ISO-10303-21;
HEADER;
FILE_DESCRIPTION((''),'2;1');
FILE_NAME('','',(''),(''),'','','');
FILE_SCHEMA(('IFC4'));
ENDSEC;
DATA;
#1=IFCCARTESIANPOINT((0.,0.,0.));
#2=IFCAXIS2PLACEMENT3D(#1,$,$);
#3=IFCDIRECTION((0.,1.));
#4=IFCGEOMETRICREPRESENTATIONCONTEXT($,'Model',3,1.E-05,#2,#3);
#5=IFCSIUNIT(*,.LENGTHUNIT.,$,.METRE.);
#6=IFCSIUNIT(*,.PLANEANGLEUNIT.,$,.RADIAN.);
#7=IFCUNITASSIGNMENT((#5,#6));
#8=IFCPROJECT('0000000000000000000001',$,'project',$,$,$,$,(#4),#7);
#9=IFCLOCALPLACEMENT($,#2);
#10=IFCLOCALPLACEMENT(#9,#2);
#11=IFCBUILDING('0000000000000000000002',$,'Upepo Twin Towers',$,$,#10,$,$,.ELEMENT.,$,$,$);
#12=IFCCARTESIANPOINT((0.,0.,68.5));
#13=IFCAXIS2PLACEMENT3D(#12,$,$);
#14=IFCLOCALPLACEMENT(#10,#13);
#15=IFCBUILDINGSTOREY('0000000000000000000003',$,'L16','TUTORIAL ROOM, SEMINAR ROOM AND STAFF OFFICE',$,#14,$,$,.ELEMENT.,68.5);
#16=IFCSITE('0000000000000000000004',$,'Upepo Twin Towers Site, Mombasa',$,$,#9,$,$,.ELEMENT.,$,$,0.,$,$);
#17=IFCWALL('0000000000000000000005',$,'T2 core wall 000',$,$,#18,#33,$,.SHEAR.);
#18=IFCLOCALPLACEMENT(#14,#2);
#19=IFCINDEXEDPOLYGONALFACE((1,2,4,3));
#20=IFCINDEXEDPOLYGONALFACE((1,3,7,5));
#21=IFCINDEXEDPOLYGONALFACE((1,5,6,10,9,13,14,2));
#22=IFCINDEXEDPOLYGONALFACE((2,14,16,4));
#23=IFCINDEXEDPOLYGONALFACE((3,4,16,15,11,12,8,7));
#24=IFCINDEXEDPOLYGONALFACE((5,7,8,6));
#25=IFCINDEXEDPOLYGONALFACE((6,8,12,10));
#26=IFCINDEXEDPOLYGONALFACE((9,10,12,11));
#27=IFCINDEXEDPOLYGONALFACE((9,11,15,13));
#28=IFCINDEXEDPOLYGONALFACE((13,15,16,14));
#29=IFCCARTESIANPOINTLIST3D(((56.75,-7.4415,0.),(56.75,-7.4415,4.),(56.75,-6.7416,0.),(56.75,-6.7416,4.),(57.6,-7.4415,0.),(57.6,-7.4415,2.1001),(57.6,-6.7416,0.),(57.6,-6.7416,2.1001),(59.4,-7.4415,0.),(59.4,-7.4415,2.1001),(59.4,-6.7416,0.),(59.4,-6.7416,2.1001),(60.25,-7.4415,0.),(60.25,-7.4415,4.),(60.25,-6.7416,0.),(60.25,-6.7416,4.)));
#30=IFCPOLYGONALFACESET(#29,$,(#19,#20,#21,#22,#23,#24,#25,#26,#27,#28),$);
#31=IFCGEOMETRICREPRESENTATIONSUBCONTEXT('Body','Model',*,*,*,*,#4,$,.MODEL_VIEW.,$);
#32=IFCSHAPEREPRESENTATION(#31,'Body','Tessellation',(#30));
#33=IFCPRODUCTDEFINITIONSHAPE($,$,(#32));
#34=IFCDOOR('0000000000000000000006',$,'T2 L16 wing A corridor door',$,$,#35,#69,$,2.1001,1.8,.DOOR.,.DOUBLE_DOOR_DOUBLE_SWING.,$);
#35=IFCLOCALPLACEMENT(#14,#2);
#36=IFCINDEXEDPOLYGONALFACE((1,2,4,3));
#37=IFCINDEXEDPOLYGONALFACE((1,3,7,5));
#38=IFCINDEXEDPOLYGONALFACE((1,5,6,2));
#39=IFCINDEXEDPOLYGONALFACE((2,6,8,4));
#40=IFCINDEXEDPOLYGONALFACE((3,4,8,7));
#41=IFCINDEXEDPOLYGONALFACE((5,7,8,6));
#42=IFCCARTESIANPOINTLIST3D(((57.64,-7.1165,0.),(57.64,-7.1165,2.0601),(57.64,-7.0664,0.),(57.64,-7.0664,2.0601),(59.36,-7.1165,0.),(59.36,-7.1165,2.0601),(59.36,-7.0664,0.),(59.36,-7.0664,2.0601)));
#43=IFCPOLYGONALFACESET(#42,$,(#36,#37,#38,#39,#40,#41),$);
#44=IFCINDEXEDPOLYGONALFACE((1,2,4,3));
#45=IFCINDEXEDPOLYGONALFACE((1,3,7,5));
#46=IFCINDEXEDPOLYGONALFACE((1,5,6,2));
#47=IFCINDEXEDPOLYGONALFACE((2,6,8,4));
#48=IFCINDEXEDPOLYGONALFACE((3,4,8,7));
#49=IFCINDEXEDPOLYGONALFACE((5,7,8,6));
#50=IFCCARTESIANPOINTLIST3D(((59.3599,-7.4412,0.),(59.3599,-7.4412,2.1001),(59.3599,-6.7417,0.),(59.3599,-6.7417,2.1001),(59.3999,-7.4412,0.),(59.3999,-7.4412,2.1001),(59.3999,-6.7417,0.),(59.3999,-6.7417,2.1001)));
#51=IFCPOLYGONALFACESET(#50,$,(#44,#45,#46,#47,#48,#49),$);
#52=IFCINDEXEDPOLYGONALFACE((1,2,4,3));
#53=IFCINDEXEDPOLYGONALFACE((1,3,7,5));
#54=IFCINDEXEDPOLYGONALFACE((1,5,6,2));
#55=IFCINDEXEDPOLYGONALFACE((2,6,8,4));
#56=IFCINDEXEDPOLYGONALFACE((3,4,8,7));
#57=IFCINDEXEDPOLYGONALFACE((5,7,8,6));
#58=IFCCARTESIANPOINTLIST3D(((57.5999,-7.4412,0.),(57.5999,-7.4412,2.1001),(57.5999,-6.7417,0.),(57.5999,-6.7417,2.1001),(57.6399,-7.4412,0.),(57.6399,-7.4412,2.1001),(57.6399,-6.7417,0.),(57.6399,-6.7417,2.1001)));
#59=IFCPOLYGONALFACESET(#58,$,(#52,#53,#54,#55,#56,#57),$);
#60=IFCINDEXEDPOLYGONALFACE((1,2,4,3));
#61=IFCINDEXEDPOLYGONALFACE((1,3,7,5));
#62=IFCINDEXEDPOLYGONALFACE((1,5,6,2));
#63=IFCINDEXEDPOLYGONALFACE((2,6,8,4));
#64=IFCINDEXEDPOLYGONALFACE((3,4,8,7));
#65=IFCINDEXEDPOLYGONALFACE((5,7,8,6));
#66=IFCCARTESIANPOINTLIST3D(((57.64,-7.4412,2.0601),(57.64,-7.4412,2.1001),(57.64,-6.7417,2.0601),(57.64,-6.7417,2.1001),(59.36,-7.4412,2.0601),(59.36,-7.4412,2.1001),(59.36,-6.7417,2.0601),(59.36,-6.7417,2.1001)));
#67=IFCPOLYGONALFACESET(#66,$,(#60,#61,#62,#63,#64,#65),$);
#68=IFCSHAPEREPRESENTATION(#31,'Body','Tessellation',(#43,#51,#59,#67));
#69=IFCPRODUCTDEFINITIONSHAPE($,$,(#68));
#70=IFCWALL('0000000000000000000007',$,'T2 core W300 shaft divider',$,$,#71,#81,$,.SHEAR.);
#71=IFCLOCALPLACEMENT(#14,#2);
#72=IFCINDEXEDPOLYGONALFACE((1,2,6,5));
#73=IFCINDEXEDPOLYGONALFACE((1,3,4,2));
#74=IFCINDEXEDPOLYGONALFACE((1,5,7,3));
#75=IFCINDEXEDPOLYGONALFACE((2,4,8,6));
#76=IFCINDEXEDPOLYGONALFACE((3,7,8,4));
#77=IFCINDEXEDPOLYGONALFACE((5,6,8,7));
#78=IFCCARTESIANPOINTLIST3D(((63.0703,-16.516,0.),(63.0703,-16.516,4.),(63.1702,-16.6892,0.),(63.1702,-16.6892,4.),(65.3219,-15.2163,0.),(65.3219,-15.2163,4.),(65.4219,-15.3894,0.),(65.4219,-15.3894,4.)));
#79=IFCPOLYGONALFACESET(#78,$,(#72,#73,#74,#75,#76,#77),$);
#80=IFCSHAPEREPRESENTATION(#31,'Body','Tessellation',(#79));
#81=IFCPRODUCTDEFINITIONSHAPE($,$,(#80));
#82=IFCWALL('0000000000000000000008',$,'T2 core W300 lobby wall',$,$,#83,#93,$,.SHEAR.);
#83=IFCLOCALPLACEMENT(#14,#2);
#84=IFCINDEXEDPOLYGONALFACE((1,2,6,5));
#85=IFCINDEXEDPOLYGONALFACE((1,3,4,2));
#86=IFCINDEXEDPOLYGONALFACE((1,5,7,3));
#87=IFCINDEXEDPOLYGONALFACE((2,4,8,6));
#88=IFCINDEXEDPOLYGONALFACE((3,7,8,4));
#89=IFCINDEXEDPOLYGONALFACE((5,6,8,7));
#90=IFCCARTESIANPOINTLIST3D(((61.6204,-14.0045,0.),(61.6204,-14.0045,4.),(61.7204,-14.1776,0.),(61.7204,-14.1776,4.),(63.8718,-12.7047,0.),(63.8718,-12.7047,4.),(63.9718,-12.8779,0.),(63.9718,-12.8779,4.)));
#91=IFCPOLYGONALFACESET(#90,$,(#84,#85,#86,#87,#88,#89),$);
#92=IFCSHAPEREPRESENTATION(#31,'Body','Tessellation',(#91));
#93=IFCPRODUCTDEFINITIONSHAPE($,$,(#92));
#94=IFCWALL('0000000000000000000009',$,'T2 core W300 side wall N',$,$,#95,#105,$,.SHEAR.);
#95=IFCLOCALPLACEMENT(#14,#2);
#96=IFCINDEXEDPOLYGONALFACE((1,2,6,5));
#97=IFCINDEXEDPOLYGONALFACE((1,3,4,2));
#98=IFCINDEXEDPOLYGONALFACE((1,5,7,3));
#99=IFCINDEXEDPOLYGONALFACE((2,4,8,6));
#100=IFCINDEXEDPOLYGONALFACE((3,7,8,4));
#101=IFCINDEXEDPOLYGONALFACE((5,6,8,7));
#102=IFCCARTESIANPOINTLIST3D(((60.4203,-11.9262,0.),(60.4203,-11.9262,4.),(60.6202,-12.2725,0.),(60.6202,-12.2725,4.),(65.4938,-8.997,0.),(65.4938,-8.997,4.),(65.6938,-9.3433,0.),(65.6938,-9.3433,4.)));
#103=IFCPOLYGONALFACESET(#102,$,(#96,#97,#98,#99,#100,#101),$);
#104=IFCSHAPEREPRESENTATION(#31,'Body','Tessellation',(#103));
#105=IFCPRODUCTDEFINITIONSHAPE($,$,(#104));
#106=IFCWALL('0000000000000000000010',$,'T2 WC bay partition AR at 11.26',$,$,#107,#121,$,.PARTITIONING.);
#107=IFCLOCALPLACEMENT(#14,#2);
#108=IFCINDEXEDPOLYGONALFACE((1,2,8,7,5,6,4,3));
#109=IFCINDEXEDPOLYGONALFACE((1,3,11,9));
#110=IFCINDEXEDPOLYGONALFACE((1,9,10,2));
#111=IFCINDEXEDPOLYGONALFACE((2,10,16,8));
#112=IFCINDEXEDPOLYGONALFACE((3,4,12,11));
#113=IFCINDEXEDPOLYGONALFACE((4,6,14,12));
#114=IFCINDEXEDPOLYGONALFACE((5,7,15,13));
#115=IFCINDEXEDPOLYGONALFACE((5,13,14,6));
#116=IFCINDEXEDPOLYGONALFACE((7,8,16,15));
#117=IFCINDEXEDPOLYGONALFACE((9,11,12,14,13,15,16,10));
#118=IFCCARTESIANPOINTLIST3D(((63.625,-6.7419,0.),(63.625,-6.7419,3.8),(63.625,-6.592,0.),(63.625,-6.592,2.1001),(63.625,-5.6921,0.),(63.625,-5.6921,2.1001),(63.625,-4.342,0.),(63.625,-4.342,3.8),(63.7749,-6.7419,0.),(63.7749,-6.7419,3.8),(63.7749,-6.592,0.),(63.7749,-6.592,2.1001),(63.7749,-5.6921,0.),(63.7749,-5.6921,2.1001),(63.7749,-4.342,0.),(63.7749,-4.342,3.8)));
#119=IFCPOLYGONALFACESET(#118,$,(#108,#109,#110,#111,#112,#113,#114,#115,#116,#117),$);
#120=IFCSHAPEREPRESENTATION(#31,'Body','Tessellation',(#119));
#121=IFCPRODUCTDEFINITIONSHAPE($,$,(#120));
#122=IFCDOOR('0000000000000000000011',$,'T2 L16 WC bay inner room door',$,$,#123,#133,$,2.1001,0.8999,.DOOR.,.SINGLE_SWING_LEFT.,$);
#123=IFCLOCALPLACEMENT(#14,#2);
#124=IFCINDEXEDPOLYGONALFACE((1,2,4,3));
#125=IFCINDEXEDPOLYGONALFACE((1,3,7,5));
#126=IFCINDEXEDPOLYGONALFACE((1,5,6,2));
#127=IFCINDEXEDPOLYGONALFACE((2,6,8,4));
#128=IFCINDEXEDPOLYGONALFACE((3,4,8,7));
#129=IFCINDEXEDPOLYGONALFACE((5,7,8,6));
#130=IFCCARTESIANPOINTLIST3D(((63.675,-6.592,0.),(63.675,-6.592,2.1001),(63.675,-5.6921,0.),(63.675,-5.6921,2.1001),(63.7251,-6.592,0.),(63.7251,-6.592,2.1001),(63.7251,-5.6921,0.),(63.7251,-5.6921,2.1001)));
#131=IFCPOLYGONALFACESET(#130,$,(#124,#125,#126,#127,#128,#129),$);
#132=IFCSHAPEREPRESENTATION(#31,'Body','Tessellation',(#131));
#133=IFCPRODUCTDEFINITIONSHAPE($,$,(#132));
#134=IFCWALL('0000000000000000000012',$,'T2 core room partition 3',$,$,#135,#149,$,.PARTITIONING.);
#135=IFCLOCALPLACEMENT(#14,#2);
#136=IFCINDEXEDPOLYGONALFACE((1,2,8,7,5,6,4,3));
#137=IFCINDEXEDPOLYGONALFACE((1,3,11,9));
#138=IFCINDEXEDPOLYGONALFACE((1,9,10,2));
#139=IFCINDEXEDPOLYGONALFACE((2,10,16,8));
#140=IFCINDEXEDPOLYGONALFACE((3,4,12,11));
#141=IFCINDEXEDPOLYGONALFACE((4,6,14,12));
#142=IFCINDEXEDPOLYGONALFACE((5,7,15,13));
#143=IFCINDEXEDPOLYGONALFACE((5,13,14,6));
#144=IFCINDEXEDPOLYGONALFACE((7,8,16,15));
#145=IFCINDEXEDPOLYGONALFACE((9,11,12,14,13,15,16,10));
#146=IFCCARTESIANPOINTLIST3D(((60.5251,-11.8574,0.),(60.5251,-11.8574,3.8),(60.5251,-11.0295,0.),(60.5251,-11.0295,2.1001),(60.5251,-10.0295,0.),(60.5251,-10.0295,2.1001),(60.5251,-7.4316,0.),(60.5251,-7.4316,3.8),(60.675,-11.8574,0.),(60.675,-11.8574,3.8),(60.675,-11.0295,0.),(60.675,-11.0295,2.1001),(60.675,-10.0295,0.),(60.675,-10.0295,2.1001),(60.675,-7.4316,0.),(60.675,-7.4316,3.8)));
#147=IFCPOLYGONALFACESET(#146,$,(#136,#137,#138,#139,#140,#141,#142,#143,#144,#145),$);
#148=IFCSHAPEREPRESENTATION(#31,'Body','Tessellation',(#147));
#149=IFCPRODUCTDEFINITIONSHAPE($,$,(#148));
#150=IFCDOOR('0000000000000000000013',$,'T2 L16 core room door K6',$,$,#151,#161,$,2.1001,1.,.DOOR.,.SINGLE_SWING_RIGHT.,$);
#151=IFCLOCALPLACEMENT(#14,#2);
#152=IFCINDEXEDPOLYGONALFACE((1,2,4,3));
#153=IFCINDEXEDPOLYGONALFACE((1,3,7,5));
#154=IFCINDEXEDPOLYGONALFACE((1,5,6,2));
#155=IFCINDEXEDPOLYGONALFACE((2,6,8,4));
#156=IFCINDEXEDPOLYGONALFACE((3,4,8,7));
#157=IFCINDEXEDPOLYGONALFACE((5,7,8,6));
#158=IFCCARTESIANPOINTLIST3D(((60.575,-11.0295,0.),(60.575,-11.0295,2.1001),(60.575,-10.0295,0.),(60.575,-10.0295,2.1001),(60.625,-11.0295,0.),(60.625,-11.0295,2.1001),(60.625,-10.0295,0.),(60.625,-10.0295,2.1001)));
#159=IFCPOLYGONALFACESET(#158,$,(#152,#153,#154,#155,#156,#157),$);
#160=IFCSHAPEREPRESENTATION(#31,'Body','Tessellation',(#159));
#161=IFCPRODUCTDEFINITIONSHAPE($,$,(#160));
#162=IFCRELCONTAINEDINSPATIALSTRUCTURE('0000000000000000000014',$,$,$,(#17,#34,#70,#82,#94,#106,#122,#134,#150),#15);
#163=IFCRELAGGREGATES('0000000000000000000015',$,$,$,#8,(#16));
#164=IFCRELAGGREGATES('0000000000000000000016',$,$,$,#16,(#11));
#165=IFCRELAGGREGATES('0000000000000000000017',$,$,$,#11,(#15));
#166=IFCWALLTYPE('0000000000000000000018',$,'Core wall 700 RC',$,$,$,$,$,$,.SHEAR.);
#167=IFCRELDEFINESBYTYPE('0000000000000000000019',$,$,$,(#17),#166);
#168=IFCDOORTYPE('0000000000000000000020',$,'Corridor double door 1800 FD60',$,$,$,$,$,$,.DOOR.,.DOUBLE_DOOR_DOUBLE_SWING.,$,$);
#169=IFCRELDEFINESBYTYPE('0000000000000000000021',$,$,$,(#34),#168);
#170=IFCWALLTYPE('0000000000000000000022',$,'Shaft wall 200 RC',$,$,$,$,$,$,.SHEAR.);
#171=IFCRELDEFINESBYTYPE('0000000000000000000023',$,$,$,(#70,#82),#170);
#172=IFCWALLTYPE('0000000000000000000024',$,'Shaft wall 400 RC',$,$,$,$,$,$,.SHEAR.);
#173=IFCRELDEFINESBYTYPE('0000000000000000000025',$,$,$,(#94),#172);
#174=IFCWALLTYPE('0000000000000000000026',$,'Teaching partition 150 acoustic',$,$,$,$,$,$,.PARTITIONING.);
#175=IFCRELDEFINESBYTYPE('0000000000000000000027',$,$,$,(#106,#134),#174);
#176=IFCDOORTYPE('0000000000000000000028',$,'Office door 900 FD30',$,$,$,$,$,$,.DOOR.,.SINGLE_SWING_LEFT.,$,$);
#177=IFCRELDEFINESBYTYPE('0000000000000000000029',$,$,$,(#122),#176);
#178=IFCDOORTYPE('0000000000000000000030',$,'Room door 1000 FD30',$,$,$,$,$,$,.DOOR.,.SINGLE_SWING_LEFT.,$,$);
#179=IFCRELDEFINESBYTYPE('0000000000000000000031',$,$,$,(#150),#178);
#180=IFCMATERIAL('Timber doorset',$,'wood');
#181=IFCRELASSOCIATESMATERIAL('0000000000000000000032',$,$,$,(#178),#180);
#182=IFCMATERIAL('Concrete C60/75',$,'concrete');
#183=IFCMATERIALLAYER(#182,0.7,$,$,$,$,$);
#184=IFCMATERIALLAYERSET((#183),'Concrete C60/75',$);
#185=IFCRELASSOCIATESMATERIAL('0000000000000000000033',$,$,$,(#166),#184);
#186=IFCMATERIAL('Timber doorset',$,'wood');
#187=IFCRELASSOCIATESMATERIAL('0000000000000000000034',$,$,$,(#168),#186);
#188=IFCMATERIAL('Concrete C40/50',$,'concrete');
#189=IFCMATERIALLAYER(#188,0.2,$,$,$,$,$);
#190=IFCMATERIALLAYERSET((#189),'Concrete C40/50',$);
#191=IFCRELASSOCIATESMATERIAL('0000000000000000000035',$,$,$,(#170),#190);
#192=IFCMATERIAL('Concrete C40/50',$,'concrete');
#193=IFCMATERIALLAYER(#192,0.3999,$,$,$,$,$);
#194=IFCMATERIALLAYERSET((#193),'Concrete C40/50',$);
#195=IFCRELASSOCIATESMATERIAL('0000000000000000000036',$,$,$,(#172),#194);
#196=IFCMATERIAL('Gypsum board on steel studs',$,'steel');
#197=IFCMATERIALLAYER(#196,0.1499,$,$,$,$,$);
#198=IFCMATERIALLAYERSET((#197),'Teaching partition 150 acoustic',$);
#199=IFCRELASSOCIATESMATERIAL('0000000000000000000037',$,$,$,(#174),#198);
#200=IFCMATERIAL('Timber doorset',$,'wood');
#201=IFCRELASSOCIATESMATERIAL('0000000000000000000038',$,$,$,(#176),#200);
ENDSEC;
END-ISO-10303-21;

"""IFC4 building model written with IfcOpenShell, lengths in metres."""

from ifc_helpers import new_model, si_unit, direction, frame, frame_2d, origin, place, context, subcontext, project, spatial, rectangle, extrude, material, layer, layer_set, type_object, element, fill, save


model = new_model("IFC4")

# Units and contexts
model_context = context("Model", 3, precision=1e-05, world=origin(), true_north=direction((0.0, 1.0)))
body_context = subcontext(model_context, "Body", "Model", "MODEL_VIEW")
ifc_project = project(units=[si_unit("LENGTHUNIT", "METRE"), si_unit("PLANEANGLEUNIT", "RADIAN")], contexts=[model_context])

# Site, building, storey
site_placement = place(None, origin())
site = spatial("IfcSite", under=ifc_project, at=site_placement, Name="Upepo Twin Towers Site, Mombasa", CompositionType="ELEMENT", RefElevation=0.0)
building_placement = place(site_placement, origin())
building = spatial("IfcBuilding", under=site, at=building_placement, Name="Upepo Twin Towers", CompositionType="ELEMENT")
storey_placement = place(building_placement, frame((0.0, 0.0, 68.5)))
storey = spatial("IfcBuildingStorey", under=building, at=storey_placement, Name="L16", Description="TUTORIAL ROOM, SEMINAR ROOM AND STAFF OFFICE", CompositionType="ELEMENT", Elevation=68.5)

# Shared definitions
ifc_material_1 = material(Name="Timber doorset", Category="wood")
door_type_1 = type_object("IfcDoorType", Name="Room door 1000 FD30", OperationType="SINGLE_SWING_LEFT", PredefinedType="DOOR", material=ifc_material_1)

# Shared definitions
ifc_material_2 = material(Name="Concrete C60/75", Category="concrete")
ifc_layer_1 = layer(ifc_material_2, 0.7)
ifc_layer_set_1 = layer_set([ifc_layer_1], Name="Concrete C60/75")
wall_type_1 = type_object("IfcWallType", Name="Core wall 700 RC", PredefinedType="SHEAR", material=ifc_layer_set_1)

# Wall, opening, door
wall_1_placement = place(storey_placement, frame((60.25, -7.0916, 0.0), z_axis=(0.0, 0.0, 1.0), x_axis=(-1.0, 0.0, 0.0)))
wall_1 = element("IfcWall", 1, at=wall_1_placement, inside=storey, type_object=wall_type_1, Name="T2 core wall 000", PredefinedType="SHEAR", context=body_context, shape_type="SweptSolid", body=[
    extrude(rectangle(XDim=3.5, YDim=0.7, at=frame_2d((1.75, 0.0))), origin(), (0.0, 0.0, 1.0), 4.0),
])
opening_1_placement = place(wall_1_placement, frame((0.8501, 0.0, 0.0)))
opening_1 = element("IfcOpeningElement", 2, at=opening_1_placement, cuts=wall_1, PredefinedType="OPENING", context=body_context, shape_type="SweptSolid", body=[
    extrude(rectangle(XDim=1.8, YDim=2.1001, at=frame_2d((0.8999, 1.05))), frame((0.0, 0.3599, 0.0), z_axis=(0.0, -1.0, 0.0), x_axis=(1.0, 0.0, 0.0)), (0.0, 0.0, 1.0), 0.72),
])
ifc_material_3 = material(Name="Timber doorset", Category="wood")
door_type_2 = type_object("IfcDoorType", Name="Corridor double door 1800 FD60", OperationType="DOUBLE_DOOR_DOUBLE_SWING", PredefinedType="DOOR", material=ifc_material_3)
door_1_placement = place(opening_1_placement, origin())
door_1 = element("IfcDoor", 3, at=door_1_placement, inside=storey, type_object=door_type_2, Name="T2 L16 wing A corridor door", OperationType="DOUBLE_DOOR_DOUBLE_SWING", OverallHeight=2.1001, OverallWidth=1.8, PredefinedType="DOOR", context=body_context, shape_type="SweptSolid", body=[
    extrude(rectangle(XDim=1.72, YDim=2.0601, at=frame_2d((0.8999, 1.03))), frame((0.0, 0.0249, 0.0), z_axis=(0.0, -1.0, 0.0), x_axis=(1.0, 0.0, 0.0)), (0.0, 0.0, 1.0), 0.05),
    extrude(rectangle(XDim=0.04, YDim=2.1001, at=frame_2d((0.02, 1.05))), frame((0.0, 0.3496, 0.0), z_axis=(0.0, -1.0, 0.0), x_axis=(1.0, 0.0, 0.0)), (0.0, 0.0, 1.0), 0.6995),
    extrude(rectangle(XDim=0.04, YDim=2.1001, at=frame_2d((1.78, 1.05))), frame((0.0, 0.3496, 0.0), z_axis=(0.0, -1.0, 0.0), x_axis=(1.0, 0.0, 0.0)), (0.0, 0.0, 1.0), 0.6995),
    extrude(rectangle(XDim=1.72, YDim=0.04, at=frame_2d((0.8999, 2.0801))), frame((0.0, 0.3496, 0.0), z_axis=(0.0, -1.0, 0.0), x_axis=(1.0, 0.0, 0.0)), (0.0, 0.0, 1.0), 0.6995),
])
fill(opening_1, door_1)

# Walls
ifc_material_4 = material(Name="Concrete C40/50", Category="concrete")
ifc_layer_2 = layer(ifc_material_4, 0.2)
ifc_layer_set_2 = layer_set([ifc_layer_2], Name="Concrete C40/50")
wall_type_2 = type_object("IfcWallType", Name="Shaft wall 200 RC", PredefinedType="SHEAR", material=ifc_layer_set_2)
wall_2_placement = place(storey_placement, frame((63.1204, -16.6025, 0.0), z_axis=(0.0, 0.0, 1.0), x_axis=(0.866062, 0.499937, 0.0)))
element("IfcWall", 4, at=wall_2_placement, inside=storey, type_object=wall_type_2, Name="T2 core W300 shaft divider", PredefinedType="SHEAR", context=body_context, shape_type="SweptSolid", body=[
    extrude(rectangle(XDim=2.5999, YDim=0.2, at=frame_2d((1.2998, 0.0))), origin(), (0.0, 0.0, 1.0), 4.0),
])
wall_3_placement = place(storey_placement, frame((61.6704, -14.0911, 0.0), z_axis=(0.0, 0.0, 1.0), x_axis=(0.866039, 0.499977, 0.0)))
element("IfcWall", 5, at=wall_3_placement, inside=storey, type_object=wall_type_2, Name="T2 core W300 lobby wall", PredefinedType="SHEAR", context=body_context, shape_type="SweptSolid", body=[
    extrude(rectangle(XDim=2.5996, YDim=0.2, at=frame_2d((1.2998, 0.0))), origin(), (0.0, 0.0, 1.0), 4.0),
])
ifc_material_5 = material(Name="Concrete C40/50", Category="concrete")
ifc_layer_3 = layer(ifc_material_5, 0.3999)
ifc_layer_set_3 = layer_set([ifc_layer_3], Name="Concrete C40/50")
wall_type_3 = type_object("IfcWallType", Name="Shaft wall 400 RC", PredefinedType="SHEAR", material=ifc_layer_set_3)
wall_4_placement = place(storey_placement, frame((60.5203, -12.0994, 0.0), z_axis=(0.0, 0.0, 1.0), x_axis=(0.866024, 0.500003, 0.0)))
element("IfcWall", 6, at=wall_4_placement, inside=storey, type_object=wall_type_3, Name="T2 core W300 side wall N", PredefinedType="SHEAR", context=body_context, shape_type="SweptSolid", body=[
    extrude(rectangle(XDim=5.8584, YDim=0.3999, at=frame_2d((2.9292, 0.0))), origin(), (0.0, 0.0, 1.0), 4.0),
])

# Walls, openings, doors
ifc_material_6 = material(Name="Gypsum board on steel studs", Category="steel")
ifc_layer_4 = layer(ifc_material_6, 0.1499)
ifc_layer_set_4 = layer_set([ifc_layer_4], Name="Teaching partition 150 acoustic")
wall_type_4 = type_object("IfcWallType", Name="Teaching partition 150 acoustic", PredefinedType="PARTITIONING", material=ifc_layer_set_4)
wall_5_placement = place(storey_placement, frame((63.7, -6.7419, 0.0), z_axis=(0.0, 0.0, 1.0), x_axis=(0.0, 1.0, 0.0)))
wall_5 = element("IfcWall", 7, at=wall_5_placement, inside=storey, type_object=wall_type_4, Name="T2 WC bay partition AR at 11.26", PredefinedType="PARTITIONING", context=body_context, shape_type="SweptSolid", body=[
    extrude(rectangle(XDim=2.3999, YDim=0.1499, at=frame_2d((1.2, 0.0))), origin(), (0.0, 0.0, 1.0), 3.8),
])
opening_2_placement = place(wall_5_placement, frame((0.1499, 0.0, 0.0)))
opening_2 = element("IfcOpeningElement", 8, at=opening_2_placement, cuts=wall_5, PredefinedType="OPENING", context=body_context, shape_type="SweptSolid", body=[
    extrude(rectangle(XDim=0.8999, YDim=2.1001, at=frame_2d((0.45, 1.05))), frame((0.0, 0.085, 0.0), z_axis=(0.0, -1.0, 0.0), x_axis=(1.0, 0.0, 0.0)), (0.0, 0.0, 1.0), 0.1699),
])
ifc_material_7 = material(Name="Timber doorset", Category="wood")
door_type_3 = type_object("IfcDoorType", Name="Office door 900 FD30", OperationType="SINGLE_SWING_LEFT", PredefinedType="DOOR", material=ifc_material_7)
door_2_placement = place(opening_2_placement, origin())
door_2 = element("IfcDoor", 9, at=door_2_placement, inside=storey, type_object=door_type_3, Name="T2 L16 WC bay inner room door", OperationType="SINGLE_SWING_LEFT", OverallHeight=2.1001, OverallWidth=0.8999, PredefinedType="DOOR", context=body_context, shape_type="SweptSolid", body=[
    extrude(rectangle(XDim=0.8999, YDim=2.1001, at=frame_2d((0.45, 1.05))), frame((0.0, 0.0249, 0.0), z_axis=(0.0, -1.0, 0.0), x_axis=(1.0, 0.0, 0.0)), (0.0, 0.0, 1.0), 0.05),
])
fill(opening_2, door_2)
wall_6_placement = place(storey_placement, frame((60.6001, -7.4316, 0.0), z_axis=(0.0, 0.0, 1.0), x_axis=(0.0, -1.0, 0.0)))
wall_6 = element("IfcWall", 10, at=wall_6_placement, inside=storey, type_object=wall_type_4, Name="T2 core room partition 3", PredefinedType="PARTITIONING", context=body_context, shape_type="SweptSolid", body=[
    extrude(rectangle(XDim=4.4258, YDim=0.1499, at=frame_2d((2.2129, 0.0))), origin(), (0.0, 0.0, 1.0), 3.8),
])
opening_3_placement = place(wall_6_placement, frame((2.5979, 0.0, 0.0)))
opening_3 = element("IfcOpeningElement", 11, at=opening_3_placement, cuts=wall_6, PredefinedType="OPENING", context=body_context, shape_type="SweptSolid", body=[
    extrude(rectangle(XDim=1.0, YDim=2.1001, at=frame_2d((0.5, 1.05))), frame((0.0, 0.085, 0.0), z_axis=(0.0, -1.0, 0.0), x_axis=(1.0, 0.0, 0.0)), (0.0, 0.0, 1.0), 0.1699),
])
door_3_placement = place(opening_3_placement, origin())
door_3 = element("IfcDoor", 12, at=door_3_placement, inside=storey, type_object=door_type_1, Name="T2 L16 core room door K6", OperationType="SINGLE_SWING_RIGHT", OverallHeight=2.1001, OverallWidth=1.0, PredefinedType="DOOR", context=body_context, shape_type="SweptSolid", body=[
    extrude(rectangle(XDim=1.0, YDim=2.1001, at=frame_2d((0.5, 1.05))), frame((0.0, 0.0249, 0.0), z_axis=(0.0, -1.0, 0.0), x_axis=(1.0, 0.0, 0.0)), (0.0, 0.0, 1.0), 0.05),
])
fill(opening_3, door_3)

save(model, "model.ifc")
